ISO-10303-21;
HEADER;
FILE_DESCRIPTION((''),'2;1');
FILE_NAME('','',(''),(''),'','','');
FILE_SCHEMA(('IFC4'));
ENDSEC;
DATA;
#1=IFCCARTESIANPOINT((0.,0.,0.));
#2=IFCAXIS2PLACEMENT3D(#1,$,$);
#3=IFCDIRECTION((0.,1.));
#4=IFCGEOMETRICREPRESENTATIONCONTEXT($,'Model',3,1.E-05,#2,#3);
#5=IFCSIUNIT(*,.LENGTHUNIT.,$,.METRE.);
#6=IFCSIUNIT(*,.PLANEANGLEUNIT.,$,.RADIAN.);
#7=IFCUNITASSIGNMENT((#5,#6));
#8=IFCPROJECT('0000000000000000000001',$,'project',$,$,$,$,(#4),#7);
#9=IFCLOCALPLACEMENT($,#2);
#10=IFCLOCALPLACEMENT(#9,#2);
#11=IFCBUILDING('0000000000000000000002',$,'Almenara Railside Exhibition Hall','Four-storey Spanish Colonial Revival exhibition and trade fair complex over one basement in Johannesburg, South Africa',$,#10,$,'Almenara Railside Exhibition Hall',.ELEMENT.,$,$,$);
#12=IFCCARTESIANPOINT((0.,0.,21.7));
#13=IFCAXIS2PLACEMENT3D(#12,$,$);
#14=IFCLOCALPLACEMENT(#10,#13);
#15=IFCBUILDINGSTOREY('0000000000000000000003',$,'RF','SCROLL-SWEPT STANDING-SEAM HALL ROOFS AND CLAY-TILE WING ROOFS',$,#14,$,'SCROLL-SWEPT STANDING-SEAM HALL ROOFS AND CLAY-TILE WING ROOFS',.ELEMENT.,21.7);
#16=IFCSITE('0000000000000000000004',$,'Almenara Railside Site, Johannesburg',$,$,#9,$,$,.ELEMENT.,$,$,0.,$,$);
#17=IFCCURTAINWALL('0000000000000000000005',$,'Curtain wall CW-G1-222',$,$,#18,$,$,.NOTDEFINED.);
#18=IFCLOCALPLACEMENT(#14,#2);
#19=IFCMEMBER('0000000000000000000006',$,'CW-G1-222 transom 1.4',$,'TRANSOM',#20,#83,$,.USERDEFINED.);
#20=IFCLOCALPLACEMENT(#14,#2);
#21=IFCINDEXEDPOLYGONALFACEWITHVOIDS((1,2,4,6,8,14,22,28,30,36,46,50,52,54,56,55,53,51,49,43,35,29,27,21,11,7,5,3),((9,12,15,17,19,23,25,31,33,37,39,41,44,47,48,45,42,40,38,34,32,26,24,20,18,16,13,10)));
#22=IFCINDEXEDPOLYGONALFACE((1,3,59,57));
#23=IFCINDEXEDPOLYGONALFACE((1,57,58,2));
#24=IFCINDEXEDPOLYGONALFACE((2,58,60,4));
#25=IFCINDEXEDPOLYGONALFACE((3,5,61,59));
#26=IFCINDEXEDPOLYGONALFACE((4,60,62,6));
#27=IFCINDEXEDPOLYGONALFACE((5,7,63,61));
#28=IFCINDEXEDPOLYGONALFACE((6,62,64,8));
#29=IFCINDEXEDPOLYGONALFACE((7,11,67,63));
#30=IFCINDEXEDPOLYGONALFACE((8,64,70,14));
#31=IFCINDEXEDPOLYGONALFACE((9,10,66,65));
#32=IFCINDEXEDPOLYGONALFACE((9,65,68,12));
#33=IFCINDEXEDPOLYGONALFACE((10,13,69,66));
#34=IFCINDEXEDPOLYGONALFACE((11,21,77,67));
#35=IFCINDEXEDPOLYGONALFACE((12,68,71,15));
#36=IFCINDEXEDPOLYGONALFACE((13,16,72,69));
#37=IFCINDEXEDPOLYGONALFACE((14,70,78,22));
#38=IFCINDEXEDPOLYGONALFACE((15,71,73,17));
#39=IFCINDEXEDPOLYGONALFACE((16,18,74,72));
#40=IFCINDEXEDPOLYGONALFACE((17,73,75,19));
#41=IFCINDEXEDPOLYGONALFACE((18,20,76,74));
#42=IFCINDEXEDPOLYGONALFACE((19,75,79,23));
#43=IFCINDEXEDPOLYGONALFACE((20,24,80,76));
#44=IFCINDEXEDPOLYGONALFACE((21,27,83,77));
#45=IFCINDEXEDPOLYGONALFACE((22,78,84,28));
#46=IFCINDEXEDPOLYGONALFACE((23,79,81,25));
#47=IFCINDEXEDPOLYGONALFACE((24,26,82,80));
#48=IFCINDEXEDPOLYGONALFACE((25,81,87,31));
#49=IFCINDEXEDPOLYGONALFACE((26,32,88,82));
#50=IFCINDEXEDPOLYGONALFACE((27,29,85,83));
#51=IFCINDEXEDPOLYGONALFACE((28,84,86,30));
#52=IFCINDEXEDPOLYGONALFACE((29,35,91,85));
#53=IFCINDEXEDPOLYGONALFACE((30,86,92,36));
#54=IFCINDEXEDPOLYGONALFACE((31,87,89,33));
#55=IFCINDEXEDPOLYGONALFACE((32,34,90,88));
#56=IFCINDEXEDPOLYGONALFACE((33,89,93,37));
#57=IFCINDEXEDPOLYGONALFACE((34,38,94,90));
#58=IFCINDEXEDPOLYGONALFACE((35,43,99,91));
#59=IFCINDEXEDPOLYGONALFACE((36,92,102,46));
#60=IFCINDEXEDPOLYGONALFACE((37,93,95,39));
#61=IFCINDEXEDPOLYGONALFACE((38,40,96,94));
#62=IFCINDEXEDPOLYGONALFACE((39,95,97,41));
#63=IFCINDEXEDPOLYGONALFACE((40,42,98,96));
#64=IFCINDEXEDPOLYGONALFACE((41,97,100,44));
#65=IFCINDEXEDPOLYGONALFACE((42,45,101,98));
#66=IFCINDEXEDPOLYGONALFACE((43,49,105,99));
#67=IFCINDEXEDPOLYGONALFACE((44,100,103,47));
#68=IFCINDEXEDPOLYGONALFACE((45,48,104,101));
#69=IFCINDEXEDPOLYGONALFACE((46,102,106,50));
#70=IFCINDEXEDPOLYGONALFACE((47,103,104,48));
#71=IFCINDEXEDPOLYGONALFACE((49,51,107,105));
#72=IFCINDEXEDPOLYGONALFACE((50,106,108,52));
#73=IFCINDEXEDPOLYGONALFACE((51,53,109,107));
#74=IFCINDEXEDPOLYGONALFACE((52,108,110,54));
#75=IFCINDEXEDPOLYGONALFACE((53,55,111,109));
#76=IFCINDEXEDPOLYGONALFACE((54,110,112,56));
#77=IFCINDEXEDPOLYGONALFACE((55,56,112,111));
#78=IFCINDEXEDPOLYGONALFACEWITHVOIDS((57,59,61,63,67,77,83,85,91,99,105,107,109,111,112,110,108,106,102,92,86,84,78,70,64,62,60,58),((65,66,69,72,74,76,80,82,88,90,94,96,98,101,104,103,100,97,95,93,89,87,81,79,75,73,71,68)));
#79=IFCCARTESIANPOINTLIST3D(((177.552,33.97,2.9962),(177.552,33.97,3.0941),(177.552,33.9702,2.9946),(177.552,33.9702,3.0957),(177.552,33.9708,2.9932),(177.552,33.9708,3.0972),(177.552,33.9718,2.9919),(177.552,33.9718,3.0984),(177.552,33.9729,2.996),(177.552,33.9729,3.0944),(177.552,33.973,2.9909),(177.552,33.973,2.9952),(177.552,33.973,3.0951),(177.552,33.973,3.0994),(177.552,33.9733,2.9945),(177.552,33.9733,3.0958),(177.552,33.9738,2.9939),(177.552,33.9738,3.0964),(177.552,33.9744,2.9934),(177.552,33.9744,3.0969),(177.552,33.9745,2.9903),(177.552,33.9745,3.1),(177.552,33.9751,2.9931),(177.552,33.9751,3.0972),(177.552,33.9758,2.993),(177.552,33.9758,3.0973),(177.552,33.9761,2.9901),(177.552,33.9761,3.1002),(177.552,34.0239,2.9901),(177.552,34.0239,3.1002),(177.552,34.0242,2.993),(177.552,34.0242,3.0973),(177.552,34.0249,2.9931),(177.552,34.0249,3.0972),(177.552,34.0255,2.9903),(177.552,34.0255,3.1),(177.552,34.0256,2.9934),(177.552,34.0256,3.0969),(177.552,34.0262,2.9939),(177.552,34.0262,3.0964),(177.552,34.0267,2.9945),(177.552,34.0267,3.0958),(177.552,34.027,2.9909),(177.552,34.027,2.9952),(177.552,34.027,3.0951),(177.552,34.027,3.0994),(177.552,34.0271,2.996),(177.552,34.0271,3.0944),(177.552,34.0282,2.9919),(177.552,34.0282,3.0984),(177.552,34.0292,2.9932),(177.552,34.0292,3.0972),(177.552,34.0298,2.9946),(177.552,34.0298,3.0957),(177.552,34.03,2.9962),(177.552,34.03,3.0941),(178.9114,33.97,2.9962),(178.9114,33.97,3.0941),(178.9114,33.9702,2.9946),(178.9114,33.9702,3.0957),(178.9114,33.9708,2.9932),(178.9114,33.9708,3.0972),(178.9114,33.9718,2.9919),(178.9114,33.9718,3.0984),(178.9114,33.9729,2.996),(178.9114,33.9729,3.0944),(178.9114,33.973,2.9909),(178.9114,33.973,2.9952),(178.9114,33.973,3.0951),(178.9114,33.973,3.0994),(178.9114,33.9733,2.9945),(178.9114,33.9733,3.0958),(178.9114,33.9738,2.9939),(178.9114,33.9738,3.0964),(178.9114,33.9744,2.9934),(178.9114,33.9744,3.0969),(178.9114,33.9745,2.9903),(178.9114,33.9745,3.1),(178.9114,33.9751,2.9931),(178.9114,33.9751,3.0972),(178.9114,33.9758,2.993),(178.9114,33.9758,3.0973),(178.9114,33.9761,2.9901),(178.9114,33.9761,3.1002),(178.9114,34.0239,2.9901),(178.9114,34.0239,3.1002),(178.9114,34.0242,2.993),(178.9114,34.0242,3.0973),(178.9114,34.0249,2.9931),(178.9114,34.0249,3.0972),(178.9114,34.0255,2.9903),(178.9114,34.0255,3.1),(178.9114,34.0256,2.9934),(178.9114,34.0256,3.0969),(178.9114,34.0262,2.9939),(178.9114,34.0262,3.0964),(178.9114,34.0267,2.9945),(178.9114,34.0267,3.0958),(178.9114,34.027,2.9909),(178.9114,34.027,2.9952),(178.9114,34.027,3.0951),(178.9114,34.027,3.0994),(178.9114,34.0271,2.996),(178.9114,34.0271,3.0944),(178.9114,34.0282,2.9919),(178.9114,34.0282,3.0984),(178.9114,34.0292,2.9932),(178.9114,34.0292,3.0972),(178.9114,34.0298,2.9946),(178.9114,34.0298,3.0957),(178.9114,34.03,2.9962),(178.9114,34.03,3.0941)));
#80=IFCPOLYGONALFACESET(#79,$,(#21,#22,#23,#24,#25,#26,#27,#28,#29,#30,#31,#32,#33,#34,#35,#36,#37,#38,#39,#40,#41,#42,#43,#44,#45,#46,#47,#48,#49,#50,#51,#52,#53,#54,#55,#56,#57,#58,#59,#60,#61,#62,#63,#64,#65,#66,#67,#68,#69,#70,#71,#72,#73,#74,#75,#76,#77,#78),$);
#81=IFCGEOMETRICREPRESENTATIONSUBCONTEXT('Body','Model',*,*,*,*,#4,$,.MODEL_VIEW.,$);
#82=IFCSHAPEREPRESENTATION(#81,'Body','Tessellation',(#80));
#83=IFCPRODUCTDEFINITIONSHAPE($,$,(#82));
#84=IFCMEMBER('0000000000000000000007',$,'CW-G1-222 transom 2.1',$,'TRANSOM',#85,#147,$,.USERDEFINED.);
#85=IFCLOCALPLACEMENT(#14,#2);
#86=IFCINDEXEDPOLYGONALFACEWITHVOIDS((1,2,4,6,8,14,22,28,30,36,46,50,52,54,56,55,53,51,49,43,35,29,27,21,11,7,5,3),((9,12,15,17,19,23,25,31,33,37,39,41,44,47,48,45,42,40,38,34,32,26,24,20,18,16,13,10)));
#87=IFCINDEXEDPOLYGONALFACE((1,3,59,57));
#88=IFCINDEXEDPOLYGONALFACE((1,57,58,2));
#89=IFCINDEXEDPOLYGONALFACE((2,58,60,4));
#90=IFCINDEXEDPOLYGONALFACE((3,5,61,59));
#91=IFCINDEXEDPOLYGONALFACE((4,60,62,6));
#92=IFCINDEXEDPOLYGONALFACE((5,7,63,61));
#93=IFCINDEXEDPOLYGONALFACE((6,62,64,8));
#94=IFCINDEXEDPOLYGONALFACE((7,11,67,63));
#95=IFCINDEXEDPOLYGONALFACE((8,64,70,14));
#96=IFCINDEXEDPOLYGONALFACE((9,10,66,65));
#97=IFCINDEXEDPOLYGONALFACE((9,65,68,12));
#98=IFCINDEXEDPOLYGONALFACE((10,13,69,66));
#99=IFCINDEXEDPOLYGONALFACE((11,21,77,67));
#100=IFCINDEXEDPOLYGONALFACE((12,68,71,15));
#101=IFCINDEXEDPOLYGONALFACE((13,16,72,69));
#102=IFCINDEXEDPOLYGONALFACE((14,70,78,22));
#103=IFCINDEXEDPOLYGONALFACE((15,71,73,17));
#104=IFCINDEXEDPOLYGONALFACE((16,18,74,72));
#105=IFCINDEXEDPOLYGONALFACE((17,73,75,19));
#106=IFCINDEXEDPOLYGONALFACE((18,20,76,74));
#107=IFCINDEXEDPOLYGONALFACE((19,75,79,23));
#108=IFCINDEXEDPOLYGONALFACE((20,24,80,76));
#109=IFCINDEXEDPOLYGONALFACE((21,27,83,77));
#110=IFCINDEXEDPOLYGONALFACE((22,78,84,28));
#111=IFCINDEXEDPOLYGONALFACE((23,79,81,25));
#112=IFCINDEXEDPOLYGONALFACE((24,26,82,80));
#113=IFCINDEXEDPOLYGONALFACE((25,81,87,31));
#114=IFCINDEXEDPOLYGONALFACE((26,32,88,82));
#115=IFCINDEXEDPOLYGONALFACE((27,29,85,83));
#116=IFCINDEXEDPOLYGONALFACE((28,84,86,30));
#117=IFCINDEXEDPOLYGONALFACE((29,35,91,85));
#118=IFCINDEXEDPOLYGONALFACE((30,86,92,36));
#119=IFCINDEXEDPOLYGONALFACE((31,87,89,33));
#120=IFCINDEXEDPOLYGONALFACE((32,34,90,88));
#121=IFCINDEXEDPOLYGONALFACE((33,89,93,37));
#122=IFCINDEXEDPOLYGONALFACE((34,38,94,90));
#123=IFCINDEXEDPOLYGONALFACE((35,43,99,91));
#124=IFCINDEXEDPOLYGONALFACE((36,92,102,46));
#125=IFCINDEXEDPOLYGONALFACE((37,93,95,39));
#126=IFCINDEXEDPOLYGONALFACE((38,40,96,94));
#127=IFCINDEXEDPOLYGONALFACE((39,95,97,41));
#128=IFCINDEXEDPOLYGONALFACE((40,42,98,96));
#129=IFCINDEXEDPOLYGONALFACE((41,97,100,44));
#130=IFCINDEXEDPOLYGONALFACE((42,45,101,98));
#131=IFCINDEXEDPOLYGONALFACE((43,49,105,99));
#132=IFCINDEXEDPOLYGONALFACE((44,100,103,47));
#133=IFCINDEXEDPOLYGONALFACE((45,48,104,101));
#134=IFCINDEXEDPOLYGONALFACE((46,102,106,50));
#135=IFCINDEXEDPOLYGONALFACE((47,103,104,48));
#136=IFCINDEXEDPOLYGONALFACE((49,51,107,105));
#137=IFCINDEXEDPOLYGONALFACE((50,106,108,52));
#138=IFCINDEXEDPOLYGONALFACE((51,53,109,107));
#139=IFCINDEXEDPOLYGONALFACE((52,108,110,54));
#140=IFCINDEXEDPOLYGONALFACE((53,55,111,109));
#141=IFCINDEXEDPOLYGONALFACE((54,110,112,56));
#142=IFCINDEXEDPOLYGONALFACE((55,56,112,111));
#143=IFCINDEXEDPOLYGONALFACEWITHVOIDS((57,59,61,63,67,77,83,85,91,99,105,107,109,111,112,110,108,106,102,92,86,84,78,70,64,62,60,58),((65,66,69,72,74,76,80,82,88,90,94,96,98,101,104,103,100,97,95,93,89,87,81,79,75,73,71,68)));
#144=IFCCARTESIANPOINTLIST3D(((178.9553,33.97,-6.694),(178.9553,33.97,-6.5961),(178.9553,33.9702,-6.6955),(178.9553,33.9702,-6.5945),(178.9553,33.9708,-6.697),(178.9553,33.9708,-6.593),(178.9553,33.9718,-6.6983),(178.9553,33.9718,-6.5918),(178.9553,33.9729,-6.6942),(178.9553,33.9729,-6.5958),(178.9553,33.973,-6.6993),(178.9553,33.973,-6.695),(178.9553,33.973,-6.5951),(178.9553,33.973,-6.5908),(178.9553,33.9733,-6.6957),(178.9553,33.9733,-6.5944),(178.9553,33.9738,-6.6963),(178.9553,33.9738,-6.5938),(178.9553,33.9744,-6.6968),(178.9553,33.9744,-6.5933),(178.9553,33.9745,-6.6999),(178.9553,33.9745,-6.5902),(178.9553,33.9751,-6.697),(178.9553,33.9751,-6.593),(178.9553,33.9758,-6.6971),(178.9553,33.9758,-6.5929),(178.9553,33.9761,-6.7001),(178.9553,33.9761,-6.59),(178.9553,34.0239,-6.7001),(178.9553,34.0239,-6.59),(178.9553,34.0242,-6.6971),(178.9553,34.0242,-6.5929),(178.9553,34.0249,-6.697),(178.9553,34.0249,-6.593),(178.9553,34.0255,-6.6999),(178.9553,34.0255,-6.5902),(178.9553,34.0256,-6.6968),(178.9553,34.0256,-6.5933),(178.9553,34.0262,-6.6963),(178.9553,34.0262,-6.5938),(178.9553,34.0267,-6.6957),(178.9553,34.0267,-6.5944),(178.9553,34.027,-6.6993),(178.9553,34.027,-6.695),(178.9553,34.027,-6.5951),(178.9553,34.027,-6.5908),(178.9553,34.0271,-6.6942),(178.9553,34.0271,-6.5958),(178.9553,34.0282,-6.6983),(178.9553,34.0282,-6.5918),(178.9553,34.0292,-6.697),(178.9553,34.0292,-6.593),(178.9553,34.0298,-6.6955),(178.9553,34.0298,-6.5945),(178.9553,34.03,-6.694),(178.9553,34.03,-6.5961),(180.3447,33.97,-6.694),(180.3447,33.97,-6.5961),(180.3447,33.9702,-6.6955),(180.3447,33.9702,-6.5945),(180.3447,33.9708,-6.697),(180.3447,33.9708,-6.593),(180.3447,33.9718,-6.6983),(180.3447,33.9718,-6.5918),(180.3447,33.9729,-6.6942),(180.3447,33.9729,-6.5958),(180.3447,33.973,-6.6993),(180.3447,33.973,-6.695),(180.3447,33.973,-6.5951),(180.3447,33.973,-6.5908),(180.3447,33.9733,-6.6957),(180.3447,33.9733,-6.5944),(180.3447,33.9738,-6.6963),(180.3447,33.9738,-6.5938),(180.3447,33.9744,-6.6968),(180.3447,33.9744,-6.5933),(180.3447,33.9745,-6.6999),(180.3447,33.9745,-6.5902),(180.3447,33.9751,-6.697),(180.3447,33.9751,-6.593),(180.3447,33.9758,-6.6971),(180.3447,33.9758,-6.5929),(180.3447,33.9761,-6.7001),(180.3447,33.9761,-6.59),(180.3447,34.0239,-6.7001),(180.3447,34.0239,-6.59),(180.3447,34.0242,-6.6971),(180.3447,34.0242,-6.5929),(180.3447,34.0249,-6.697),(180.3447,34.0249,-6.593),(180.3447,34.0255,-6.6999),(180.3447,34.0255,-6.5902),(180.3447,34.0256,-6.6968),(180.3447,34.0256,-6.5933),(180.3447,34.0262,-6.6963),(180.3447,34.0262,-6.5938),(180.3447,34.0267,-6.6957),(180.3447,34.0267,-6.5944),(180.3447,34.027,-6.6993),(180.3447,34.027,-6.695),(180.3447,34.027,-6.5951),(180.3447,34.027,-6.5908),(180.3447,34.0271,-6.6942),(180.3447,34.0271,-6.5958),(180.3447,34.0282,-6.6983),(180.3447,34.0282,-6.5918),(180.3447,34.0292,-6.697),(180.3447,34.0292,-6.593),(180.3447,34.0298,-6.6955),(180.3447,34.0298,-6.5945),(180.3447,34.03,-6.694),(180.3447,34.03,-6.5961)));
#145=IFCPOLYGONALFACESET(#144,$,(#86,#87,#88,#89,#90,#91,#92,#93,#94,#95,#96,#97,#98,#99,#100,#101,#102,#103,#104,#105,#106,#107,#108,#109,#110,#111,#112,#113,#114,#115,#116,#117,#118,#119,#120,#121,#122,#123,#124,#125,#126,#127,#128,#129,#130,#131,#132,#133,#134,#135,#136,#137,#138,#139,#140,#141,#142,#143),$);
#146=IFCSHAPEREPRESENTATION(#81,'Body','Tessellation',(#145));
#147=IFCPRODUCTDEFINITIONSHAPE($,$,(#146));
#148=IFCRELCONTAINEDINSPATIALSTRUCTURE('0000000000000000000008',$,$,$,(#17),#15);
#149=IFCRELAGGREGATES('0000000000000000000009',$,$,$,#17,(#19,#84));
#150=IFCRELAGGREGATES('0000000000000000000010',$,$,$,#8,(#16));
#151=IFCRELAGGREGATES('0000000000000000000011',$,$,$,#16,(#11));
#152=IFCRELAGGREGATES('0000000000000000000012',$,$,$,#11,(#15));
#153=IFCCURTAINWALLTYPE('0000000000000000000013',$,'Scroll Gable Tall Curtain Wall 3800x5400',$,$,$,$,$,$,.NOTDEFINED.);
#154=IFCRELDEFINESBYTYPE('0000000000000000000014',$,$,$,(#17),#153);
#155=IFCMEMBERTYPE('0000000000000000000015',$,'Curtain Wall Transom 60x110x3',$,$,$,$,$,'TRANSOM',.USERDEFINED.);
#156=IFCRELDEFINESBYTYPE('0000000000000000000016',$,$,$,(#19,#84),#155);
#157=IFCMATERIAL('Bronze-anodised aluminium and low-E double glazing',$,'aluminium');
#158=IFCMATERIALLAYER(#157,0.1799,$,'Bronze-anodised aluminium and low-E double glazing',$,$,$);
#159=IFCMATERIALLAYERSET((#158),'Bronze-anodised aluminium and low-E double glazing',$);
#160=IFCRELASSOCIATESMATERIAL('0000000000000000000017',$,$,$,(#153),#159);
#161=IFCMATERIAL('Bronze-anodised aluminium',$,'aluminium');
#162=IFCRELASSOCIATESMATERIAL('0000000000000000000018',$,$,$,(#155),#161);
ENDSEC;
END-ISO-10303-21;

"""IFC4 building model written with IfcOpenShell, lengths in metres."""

from ifc_helpers import new_model, si_unit, direction, frame, origin, origin_2d, place, context, subcontext, project, spatial, hollow_rectangle, extrude, material, layer, layer_set, material_profile, profile_set, type_object, element, aggregate, save


model = new_model("IFC4")

# Units and contexts
model_context = context("Model", 3, precision=1e-05, world=origin(), true_north=direction((0.0, 1.0)))
body_context = subcontext(model_context, "Body", "Model", "MODEL_VIEW")
ifc_project = project(units=[si_unit("LENGTHUNIT", "METRE"), si_unit("PLANEANGLEUNIT", "RADIAN")], contexts=[model_context])

# Site, building, storey
site_placement = place(None, origin())
site = spatial("IfcSite", under=ifc_project, at=site_placement, Name="Almenara Railside Site, Johannesburg", CompositionType="ELEMENT", RefElevation=0.0)
building_placement = place(site_placement, origin())
building = spatial("IfcBuilding", under=site, at=building_placement, Name="Almenara Railside Exhibition Hall", Description="Four-storey Spanish Colonial Revival exhibition and trade fair complex over one basement in Johannesburg, South Africa", LongName="Almenara Railside Exhibition Hall", CompositionType="ELEMENT")
storey_placement = place(building_placement, frame((0.0, 0.0, 21.7)))
storey = spatial("IfcBuildingStorey", under=building, at=storey_placement, Name="RF", Description="SCROLL-SWEPT STANDING-SEAM HALL ROOFS AND CLAY-TILE WING ROOFS", LongName="SCROLL-SWEPT STANDING-SEAM HALL ROOFS AND CLAY-TILE WING ROOFS", CompositionType="ELEMENT", Elevation=21.7)

# Curtain wall
ifc_material_1 = material(Name="Bronze-anodised aluminium and low-E double glazing", Category="aluminium")
ifc_layer_1 = layer(ifc_material_1, 0.1799, Name="Bronze-anodised aluminium and low-E double glazing")
ifc_layer_set_1 = layer_set([ifc_layer_1], Name="Bronze-anodised aluminium and low-E double glazing")
curtain_wall_type = type_object("IfcCurtainWallType", Name="Scroll Gable Tall Curtain Wall 3800x5400", PredefinedType="NOTDEFINED", material=ifc_layer_set_1)
curtain_wall_1_placement = place(storey_placement, origin())
curtain_wall_1 = element("IfcCurtainWall", 1, at=curtain_wall_1_placement, inside=storey, type_object=curtain_wall_type, Name="Curtain wall CW-G1-222", PredefinedType="NOTDEFINED")
ifc_material_2 = material(Name="Bronze-anodised aluminium", Category="aluminium")

# Members
ifc_material_profile_1 = material_profile(ifc_material_2, hollow_rectangle(XDim=0.0601, YDim=0.1101, WallThickness=0.0029, InnerFilletRadius=0.0029, OuterFilletRadius=0.0061, at=origin_2d()), Name="ALU-TRN 60x110x3")
ifc_profile_set_1 = profile_set([ifc_material_profile_1], Name="Bronze-anodised aluminium")
member_type_1 = type_object("IfcMemberType", Name="Curtain Wall Transom 60x110x3", ElementType="TRANSOM", PredefinedType="USERDEFINED", material=ifc_profile_set_1)
member_1_placement = place(storey_placement, frame((177.552, 34.0, 3.0452), z_axis=(1.0, 0.0, 0.0), x_axis=(0.0, 1.0, 0.0)))
member_1 = element("IfcMember", 2, at=member_1_placement, type_object=member_type_1, Name="CW-G1-222 transom 1.4", ObjectType="TRANSOM", PredefinedType="USERDEFINED", context=body_context, shape_type="SweptSolid", body=[
    extrude(hollow_rectangle(XDim=0.0601, YDim=0.1101, WallThickness=0.0029, InnerFilletRadius=0.0029, OuterFilletRadius=0.0061, at=origin_2d()), origin(), (0.0, 0.0, 1.0), 1.3594),
])
member_2_placement = place(storey_placement, frame((178.9553, 34.0, -6.645), z_axis=(1.0, 0.0, 0.0), x_axis=(0.0, 1.0, 0.0)))
member_2 = element("IfcMember", 3, at=member_2_placement, type_object=member_type_1, Name="CW-G1-222 transom 2.1", ObjectType="TRANSOM", PredefinedType="USERDEFINED", context=body_context, shape_type="SweptSolid", body=[
    extrude(hollow_rectangle(XDim=0.0601, YDim=0.1101, WallThickness=0.0029, InnerFilletRadius=0.0029, OuterFilletRadius=0.0061, at=origin_2d()), origin(), (0.0, 0.0, 1.0), 1.3894),
])

aggregate(curtain_wall_1, [member_1, member_2])

save(model, "model.ifc")
